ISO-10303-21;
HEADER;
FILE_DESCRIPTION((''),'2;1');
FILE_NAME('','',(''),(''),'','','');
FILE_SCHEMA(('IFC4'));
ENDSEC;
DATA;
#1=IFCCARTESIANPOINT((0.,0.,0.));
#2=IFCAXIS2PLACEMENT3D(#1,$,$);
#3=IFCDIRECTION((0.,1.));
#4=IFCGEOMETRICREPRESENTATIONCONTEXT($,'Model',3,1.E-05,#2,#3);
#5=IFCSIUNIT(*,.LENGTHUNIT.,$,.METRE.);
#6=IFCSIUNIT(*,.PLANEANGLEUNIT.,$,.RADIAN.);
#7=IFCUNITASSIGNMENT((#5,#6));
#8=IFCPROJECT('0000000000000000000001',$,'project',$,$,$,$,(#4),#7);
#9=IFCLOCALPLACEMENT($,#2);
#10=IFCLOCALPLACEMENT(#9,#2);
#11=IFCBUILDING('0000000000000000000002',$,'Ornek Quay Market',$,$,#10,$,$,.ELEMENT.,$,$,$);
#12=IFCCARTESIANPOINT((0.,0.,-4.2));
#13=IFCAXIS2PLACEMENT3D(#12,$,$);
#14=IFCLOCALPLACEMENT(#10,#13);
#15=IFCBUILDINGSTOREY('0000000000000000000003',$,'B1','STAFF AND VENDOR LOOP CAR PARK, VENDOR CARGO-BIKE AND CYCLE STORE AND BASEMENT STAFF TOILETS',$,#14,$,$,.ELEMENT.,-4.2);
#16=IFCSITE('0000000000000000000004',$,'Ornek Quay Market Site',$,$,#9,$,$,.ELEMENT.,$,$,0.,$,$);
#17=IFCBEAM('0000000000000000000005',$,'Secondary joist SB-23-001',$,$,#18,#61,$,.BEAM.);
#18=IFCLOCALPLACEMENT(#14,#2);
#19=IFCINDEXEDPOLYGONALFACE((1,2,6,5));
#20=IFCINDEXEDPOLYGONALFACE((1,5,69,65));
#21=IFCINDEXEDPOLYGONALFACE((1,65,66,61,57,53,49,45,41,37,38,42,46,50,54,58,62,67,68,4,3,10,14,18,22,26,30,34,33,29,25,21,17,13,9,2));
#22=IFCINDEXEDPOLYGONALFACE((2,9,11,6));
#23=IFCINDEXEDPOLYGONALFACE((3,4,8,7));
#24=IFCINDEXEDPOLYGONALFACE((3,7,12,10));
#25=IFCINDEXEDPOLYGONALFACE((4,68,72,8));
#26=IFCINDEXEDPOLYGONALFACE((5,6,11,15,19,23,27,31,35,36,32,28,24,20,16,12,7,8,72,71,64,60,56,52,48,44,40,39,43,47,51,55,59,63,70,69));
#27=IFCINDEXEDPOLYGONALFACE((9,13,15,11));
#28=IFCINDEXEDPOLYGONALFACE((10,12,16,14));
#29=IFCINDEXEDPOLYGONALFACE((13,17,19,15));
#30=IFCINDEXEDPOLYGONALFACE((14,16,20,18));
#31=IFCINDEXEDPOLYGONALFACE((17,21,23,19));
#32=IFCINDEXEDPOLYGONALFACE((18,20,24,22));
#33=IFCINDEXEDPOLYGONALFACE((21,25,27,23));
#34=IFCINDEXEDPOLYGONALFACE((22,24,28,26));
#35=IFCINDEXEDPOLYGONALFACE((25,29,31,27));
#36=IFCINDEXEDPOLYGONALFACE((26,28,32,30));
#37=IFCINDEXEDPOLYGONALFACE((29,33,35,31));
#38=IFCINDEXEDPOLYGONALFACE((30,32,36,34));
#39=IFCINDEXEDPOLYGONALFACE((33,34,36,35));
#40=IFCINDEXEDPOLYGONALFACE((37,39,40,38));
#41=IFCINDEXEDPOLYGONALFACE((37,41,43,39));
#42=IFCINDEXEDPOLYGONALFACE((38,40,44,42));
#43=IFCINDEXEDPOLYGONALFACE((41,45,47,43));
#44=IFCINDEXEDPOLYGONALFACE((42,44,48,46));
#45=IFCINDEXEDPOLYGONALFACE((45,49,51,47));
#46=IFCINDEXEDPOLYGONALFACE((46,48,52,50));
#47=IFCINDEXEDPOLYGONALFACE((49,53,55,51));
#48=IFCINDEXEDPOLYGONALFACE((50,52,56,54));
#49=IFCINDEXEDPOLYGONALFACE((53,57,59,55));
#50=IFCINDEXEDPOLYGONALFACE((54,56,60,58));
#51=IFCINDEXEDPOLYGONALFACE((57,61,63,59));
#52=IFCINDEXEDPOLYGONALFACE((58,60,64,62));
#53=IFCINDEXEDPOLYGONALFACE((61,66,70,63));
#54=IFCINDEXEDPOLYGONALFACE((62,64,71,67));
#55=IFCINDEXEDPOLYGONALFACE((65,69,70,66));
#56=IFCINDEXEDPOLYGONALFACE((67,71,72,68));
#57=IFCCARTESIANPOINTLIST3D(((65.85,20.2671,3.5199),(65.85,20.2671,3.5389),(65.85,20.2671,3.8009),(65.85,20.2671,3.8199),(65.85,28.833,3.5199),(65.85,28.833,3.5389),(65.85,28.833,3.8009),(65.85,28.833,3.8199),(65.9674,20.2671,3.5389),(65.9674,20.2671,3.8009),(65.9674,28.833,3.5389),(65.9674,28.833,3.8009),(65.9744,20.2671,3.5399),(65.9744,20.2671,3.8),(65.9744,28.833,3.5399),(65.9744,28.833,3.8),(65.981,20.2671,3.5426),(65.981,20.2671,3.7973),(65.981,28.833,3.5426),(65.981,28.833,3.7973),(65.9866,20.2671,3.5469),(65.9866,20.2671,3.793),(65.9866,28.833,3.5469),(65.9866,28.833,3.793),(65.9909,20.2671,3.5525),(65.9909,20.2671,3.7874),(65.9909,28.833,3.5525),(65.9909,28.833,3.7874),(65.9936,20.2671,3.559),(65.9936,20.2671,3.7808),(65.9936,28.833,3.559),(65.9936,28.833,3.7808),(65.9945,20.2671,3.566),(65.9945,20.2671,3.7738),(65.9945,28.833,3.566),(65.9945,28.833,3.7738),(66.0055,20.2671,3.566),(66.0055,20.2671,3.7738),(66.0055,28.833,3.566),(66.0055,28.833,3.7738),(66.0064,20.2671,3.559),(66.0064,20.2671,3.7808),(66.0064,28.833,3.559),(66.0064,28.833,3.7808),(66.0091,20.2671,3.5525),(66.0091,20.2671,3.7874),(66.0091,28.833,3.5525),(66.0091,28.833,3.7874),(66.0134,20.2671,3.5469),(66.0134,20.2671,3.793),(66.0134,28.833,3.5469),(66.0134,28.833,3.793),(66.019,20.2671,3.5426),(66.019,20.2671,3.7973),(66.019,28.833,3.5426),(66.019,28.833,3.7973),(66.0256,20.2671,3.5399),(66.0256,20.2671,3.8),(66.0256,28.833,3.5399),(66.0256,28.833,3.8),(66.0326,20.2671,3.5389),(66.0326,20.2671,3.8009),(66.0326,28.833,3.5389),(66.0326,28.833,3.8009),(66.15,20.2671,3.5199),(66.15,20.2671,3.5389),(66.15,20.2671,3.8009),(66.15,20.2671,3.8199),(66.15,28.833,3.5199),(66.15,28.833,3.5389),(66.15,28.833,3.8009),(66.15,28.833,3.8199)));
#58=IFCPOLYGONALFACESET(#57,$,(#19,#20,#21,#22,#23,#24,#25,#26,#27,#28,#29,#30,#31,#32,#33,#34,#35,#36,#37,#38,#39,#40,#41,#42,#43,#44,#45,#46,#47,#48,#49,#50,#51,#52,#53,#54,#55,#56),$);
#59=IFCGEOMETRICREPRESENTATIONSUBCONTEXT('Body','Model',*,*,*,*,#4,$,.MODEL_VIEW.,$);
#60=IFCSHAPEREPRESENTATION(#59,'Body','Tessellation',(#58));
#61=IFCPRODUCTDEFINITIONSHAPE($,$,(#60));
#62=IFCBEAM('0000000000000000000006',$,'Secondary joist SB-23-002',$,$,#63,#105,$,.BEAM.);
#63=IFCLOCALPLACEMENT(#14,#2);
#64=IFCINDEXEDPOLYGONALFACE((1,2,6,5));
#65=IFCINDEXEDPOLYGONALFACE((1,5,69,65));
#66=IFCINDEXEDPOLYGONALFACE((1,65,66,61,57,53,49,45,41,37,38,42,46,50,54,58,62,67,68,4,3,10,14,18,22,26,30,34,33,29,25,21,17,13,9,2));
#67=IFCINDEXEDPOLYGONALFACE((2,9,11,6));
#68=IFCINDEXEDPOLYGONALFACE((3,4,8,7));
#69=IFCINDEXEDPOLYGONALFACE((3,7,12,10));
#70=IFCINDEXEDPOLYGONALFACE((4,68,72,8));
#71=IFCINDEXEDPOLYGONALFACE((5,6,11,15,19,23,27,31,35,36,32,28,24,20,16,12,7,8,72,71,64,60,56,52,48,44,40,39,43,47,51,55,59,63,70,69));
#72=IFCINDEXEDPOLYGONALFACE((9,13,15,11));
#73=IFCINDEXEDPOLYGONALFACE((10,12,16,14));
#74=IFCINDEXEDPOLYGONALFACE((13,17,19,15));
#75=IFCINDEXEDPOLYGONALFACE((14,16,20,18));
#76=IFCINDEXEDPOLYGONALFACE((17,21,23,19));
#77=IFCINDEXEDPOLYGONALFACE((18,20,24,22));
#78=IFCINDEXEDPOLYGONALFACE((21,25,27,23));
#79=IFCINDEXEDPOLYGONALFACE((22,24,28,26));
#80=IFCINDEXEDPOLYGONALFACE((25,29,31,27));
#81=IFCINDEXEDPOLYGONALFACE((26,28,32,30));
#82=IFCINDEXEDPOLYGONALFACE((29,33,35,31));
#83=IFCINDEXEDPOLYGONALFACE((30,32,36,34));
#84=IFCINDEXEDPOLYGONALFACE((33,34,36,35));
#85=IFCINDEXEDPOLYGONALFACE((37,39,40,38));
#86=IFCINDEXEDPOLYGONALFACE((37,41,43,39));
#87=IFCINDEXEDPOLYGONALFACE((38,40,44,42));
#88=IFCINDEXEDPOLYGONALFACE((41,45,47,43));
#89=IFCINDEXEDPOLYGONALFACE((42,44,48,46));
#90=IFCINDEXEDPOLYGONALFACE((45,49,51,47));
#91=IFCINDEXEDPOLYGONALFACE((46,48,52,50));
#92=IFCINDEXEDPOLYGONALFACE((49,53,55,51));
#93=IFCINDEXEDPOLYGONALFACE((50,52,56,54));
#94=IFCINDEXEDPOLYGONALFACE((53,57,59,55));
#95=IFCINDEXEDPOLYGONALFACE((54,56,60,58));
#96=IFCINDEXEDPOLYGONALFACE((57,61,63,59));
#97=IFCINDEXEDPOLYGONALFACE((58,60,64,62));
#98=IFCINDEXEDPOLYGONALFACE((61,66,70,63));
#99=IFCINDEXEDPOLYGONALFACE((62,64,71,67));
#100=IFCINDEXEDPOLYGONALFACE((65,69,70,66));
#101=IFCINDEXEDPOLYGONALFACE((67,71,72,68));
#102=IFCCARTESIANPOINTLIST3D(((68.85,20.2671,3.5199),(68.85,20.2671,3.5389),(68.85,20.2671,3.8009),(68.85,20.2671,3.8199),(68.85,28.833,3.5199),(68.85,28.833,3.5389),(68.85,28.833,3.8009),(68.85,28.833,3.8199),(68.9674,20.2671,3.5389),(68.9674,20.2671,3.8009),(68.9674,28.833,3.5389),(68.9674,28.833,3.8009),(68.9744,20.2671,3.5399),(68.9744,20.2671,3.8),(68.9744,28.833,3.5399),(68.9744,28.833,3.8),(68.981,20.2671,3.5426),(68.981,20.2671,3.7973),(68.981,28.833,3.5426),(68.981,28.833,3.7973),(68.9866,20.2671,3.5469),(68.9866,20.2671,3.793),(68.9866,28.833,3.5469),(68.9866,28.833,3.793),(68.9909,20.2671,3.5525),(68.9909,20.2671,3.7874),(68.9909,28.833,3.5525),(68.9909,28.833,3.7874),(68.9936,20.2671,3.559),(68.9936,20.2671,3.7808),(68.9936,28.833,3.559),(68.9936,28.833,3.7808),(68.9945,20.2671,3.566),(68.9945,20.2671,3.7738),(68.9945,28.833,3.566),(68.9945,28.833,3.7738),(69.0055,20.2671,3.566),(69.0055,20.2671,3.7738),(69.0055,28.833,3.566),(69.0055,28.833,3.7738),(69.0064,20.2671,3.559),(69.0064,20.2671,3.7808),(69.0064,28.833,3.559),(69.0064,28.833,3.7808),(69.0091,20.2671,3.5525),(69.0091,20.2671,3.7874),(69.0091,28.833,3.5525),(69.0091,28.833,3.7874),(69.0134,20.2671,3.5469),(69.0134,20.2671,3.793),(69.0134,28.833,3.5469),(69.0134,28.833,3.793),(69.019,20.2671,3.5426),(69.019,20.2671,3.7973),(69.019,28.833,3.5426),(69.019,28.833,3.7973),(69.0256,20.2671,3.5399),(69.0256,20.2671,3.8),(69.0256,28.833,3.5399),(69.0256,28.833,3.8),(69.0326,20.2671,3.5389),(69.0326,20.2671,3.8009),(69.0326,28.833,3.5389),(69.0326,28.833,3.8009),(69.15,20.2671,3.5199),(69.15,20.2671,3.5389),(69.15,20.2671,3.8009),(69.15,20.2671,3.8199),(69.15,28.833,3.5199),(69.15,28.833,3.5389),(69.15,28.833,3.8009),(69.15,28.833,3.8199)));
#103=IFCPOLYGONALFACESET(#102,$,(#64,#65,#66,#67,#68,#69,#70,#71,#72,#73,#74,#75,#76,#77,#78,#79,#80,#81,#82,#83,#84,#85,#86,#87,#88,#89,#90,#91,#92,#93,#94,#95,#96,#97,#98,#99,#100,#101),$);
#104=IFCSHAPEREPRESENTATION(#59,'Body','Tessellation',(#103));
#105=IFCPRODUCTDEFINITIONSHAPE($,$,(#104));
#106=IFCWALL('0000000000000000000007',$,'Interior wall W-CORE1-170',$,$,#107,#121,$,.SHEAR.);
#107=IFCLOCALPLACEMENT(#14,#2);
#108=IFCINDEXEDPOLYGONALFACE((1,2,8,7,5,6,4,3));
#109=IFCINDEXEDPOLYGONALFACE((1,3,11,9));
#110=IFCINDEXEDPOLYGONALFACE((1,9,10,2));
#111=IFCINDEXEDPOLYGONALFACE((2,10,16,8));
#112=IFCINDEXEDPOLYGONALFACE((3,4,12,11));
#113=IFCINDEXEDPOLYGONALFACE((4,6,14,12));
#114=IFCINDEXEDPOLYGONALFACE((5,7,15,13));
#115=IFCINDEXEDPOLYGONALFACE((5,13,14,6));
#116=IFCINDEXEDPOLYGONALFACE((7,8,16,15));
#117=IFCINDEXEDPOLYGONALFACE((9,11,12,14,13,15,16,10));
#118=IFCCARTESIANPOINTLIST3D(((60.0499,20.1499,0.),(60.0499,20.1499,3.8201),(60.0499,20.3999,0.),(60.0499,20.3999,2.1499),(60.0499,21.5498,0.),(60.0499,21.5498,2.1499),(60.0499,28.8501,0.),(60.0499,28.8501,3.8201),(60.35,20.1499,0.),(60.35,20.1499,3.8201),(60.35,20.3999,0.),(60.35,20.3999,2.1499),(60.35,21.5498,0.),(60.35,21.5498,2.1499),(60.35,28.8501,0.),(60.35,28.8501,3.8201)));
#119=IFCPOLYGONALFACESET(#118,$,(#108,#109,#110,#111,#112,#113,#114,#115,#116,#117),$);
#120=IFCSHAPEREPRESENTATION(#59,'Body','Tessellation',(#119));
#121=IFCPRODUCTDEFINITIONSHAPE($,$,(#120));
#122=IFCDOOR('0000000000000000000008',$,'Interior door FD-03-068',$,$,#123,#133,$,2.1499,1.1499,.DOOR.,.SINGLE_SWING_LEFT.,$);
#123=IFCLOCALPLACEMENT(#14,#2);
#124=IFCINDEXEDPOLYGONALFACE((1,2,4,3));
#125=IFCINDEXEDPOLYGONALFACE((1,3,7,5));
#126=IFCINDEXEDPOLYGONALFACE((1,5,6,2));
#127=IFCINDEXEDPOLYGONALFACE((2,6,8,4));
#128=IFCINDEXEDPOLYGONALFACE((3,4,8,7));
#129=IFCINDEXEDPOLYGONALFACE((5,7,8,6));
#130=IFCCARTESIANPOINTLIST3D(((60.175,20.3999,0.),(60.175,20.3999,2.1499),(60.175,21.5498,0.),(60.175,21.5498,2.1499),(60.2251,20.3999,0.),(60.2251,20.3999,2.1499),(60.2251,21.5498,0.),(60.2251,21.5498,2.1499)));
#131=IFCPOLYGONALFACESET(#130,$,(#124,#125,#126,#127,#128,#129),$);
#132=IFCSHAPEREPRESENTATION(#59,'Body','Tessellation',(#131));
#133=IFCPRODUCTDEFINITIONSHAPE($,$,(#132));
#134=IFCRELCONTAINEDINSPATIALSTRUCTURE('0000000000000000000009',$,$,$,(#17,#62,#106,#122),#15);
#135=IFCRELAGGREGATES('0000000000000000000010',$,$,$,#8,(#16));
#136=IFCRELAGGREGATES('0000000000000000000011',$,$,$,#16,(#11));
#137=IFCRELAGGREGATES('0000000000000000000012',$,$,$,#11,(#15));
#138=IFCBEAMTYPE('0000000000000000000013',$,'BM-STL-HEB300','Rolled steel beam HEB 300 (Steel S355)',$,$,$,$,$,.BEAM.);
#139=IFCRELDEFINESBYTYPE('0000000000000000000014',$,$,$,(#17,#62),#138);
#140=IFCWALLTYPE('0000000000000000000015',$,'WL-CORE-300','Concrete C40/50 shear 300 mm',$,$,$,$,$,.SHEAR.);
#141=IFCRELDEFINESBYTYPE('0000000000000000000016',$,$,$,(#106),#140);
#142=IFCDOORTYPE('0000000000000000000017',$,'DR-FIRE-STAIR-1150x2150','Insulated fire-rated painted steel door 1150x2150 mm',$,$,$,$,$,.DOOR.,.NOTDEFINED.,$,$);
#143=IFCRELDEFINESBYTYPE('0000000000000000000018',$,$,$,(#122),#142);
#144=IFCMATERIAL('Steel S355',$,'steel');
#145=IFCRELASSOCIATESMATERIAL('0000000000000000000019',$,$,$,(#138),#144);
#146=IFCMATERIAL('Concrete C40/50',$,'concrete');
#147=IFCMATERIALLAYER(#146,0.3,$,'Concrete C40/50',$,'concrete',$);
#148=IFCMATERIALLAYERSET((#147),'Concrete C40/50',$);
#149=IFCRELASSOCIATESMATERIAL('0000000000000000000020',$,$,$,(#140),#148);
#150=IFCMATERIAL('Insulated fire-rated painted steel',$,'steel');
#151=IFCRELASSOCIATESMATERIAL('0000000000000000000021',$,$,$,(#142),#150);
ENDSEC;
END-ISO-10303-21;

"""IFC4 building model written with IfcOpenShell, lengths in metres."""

from ifc_helpers import new_model, si_unit, direction, frame, frame_2d, origin, origin_2d, place, context, subcontext, project, spatial, rectangle, i_section, extrude, material, layer, layer_set, material_profile, profile_set, type_object, element, fill, save


model = new_model("IFC4")

# Units and contexts
model_context = context("Model", 3, precision=1e-05, world=origin(), true_north=direction((0.0, 1.0)))
body_context = subcontext(model_context, "Body", "Model", "MODEL_VIEW")
ifc_project = project(units=[si_unit("LENGTHUNIT", "METRE"), si_unit("PLANEANGLEUNIT", "RADIAN")], contexts=[model_context])

# Site, building, storey
site_placement = place(None, origin())
site = spatial("IfcSite", under=ifc_project, at=site_placement, Name="Ornek Quay Market Site", CompositionType="ELEMENT", RefElevation=0.0)
building_placement = place(site_placement, origin())
building = spatial("IfcBuilding", under=site, at=building_placement, Name="Ornek Quay Market", CompositionType="ELEMENT")
storey_placement = place(building_placement, frame((0.0, 0.0, -4.2)))
storey = spatial("IfcBuildingStorey", under=building, at=storey_placement, Name="B1", Description="STAFF AND VENDOR LOOP CAR PARK, VENDOR CARGO-BIKE AND CYCLE STORE AND BASEMENT STAFF TOILETS", CompositionType="ELEMENT", Elevation=-4.2)

# Shared definitions
ifc_material_1 = material(Name="Concrete C40/50", Category="concrete")

# Beams
ifc_material_2 = material(Name="Steel S355", Category="steel")
ifc_material_profile_1 = material_profile(ifc_material_2, i_section(OverallWidth=0.3, OverallDepth=0.3, WebThickness=0.011, FlangeThickness=0.019, FilletRadius=0.0271, at=origin_2d()), Name="HEB 300", Category="steel")
ifc_profile_set_1 = profile_set([ifc_material_profile_1], Name="Steel S355")
beam_type_1 = type_object("IfcBeamType", Name="BM-STL-HEB300", Description="Rolled steel beam HEB 300 (Steel S355)", PredefinedType="BEAM", material=ifc_profile_set_1)
for number, where, z_axis, x_axis, name in (
    (1, (66.0, 20.2671, 3.6699), (0.0, 1.0, 0.0), (-1.0, 0.0, 0.0), "Secondary joist SB-23-001"),
    (2, (69.0, 20.2671, 3.6699), (0.0, 1.0, 0.0), (-1.0, 0.0, 0.0), "Secondary joist SB-23-002"),
):
    element("IfcBeam", number, at=place(storey_placement, frame(where, z_axis=z_axis, x_axis=x_axis)), inside=storey, type_object=beam_type_1, Name=name, PredefinedType="BEAM", context=body_context, shape_type="SweptSolid", body=[
        extrude(i_section(OverallWidth=0.3, OverallDepth=0.3, WebThickness=0.011, FlangeThickness=0.019, FilletRadius=0.0271, at=origin_2d()), origin(), (0.0, 0.0, 1.0), 8.5659),
    ])

# Wall, opening, door
ifc_layer_1 = layer(ifc_material_1, 0.3, Name="Concrete C40/50", Category="concrete")
ifc_layer_set_1 = layer_set([ifc_layer_1], Name="Concrete C40/50")
wall_type_1 = type_object("IfcWallType", Name="WL-CORE-300", Description="Concrete C40/50 shear 300 mm", PredefinedType="SHEAR", material=ifc_layer_set_1)
wall_1_placement = place(storey_placement, frame((60.2, 20.1499, 0.0), z_axis=(0.0, 0.0, 1.0), x_axis=(0.0, 1.0, 0.0)))
wall_1 = element("IfcWall", 3, at=wall_1_placement, inside=storey, type_object=wall_type_1, Name="Interior wall W-CORE1-170", PredefinedType="SHEAR", context=body_context, shape_type="SweptSolid", body=[
    extrude(rectangle(XDim=8.7002, YDim=0.3, at=frame_2d((4.3501, 0.0))), origin(), (0.0, 0.0, 1.0), 3.8201),
])
opening_1_placement = place(wall_1_placement, frame((0.25, 0.0, 0.0)))
opening_1 = element("IfcOpeningElement", 4, at=opening_1_placement, cuts=wall_1, PredefinedType="OPENING", context=body_context, shape_type="SweptSolid", body=[
    extrude(rectangle(XDim=1.1499, YDim=2.1499, at=frame_2d((0.575, 1.075))), frame((0.0, 0.1599, 0.0), z_axis=(0.0, -1.0, 0.0), x_axis=(1.0, 0.0, 0.0)), (0.0, 0.0, 1.0), 0.3201),
])
ifc_material_3 = material(Name="Insulated fire-rated painted steel", Category="steel")
door_type_1 = type_object("IfcDoorType", Name="DR-FIRE-STAIR-1150x2150", Description="Insulated fire-rated painted steel door 1150x2150 mm", OperationType="NOTDEFINED", PredefinedType="DOOR", material=ifc_material_3)
door_1_placement = place(opening_1_placement, origin())
door_1 = element("IfcDoor", 5, at=door_1_placement, inside=storey, type_object=door_type_1, Name="Interior door FD-03-068", OperationType="SINGLE_SWING_LEFT", OverallHeight=2.1499, OverallWidth=1.1499, PredefinedType="DOOR", context=body_context, shape_type="SweptSolid", body=[
    extrude(rectangle(XDim=1.1499, YDim=2.1499, at=frame_2d((0.575, 1.075))), frame((0.0, 0.0249, 0.0), z_axis=(0.0, -1.0, 0.0), x_axis=(1.0, 0.0, 0.0)), (0.0, 0.0, 1.0), 0.05),
])
fill(opening_1, door_1)

save(model, "model.ifc")
